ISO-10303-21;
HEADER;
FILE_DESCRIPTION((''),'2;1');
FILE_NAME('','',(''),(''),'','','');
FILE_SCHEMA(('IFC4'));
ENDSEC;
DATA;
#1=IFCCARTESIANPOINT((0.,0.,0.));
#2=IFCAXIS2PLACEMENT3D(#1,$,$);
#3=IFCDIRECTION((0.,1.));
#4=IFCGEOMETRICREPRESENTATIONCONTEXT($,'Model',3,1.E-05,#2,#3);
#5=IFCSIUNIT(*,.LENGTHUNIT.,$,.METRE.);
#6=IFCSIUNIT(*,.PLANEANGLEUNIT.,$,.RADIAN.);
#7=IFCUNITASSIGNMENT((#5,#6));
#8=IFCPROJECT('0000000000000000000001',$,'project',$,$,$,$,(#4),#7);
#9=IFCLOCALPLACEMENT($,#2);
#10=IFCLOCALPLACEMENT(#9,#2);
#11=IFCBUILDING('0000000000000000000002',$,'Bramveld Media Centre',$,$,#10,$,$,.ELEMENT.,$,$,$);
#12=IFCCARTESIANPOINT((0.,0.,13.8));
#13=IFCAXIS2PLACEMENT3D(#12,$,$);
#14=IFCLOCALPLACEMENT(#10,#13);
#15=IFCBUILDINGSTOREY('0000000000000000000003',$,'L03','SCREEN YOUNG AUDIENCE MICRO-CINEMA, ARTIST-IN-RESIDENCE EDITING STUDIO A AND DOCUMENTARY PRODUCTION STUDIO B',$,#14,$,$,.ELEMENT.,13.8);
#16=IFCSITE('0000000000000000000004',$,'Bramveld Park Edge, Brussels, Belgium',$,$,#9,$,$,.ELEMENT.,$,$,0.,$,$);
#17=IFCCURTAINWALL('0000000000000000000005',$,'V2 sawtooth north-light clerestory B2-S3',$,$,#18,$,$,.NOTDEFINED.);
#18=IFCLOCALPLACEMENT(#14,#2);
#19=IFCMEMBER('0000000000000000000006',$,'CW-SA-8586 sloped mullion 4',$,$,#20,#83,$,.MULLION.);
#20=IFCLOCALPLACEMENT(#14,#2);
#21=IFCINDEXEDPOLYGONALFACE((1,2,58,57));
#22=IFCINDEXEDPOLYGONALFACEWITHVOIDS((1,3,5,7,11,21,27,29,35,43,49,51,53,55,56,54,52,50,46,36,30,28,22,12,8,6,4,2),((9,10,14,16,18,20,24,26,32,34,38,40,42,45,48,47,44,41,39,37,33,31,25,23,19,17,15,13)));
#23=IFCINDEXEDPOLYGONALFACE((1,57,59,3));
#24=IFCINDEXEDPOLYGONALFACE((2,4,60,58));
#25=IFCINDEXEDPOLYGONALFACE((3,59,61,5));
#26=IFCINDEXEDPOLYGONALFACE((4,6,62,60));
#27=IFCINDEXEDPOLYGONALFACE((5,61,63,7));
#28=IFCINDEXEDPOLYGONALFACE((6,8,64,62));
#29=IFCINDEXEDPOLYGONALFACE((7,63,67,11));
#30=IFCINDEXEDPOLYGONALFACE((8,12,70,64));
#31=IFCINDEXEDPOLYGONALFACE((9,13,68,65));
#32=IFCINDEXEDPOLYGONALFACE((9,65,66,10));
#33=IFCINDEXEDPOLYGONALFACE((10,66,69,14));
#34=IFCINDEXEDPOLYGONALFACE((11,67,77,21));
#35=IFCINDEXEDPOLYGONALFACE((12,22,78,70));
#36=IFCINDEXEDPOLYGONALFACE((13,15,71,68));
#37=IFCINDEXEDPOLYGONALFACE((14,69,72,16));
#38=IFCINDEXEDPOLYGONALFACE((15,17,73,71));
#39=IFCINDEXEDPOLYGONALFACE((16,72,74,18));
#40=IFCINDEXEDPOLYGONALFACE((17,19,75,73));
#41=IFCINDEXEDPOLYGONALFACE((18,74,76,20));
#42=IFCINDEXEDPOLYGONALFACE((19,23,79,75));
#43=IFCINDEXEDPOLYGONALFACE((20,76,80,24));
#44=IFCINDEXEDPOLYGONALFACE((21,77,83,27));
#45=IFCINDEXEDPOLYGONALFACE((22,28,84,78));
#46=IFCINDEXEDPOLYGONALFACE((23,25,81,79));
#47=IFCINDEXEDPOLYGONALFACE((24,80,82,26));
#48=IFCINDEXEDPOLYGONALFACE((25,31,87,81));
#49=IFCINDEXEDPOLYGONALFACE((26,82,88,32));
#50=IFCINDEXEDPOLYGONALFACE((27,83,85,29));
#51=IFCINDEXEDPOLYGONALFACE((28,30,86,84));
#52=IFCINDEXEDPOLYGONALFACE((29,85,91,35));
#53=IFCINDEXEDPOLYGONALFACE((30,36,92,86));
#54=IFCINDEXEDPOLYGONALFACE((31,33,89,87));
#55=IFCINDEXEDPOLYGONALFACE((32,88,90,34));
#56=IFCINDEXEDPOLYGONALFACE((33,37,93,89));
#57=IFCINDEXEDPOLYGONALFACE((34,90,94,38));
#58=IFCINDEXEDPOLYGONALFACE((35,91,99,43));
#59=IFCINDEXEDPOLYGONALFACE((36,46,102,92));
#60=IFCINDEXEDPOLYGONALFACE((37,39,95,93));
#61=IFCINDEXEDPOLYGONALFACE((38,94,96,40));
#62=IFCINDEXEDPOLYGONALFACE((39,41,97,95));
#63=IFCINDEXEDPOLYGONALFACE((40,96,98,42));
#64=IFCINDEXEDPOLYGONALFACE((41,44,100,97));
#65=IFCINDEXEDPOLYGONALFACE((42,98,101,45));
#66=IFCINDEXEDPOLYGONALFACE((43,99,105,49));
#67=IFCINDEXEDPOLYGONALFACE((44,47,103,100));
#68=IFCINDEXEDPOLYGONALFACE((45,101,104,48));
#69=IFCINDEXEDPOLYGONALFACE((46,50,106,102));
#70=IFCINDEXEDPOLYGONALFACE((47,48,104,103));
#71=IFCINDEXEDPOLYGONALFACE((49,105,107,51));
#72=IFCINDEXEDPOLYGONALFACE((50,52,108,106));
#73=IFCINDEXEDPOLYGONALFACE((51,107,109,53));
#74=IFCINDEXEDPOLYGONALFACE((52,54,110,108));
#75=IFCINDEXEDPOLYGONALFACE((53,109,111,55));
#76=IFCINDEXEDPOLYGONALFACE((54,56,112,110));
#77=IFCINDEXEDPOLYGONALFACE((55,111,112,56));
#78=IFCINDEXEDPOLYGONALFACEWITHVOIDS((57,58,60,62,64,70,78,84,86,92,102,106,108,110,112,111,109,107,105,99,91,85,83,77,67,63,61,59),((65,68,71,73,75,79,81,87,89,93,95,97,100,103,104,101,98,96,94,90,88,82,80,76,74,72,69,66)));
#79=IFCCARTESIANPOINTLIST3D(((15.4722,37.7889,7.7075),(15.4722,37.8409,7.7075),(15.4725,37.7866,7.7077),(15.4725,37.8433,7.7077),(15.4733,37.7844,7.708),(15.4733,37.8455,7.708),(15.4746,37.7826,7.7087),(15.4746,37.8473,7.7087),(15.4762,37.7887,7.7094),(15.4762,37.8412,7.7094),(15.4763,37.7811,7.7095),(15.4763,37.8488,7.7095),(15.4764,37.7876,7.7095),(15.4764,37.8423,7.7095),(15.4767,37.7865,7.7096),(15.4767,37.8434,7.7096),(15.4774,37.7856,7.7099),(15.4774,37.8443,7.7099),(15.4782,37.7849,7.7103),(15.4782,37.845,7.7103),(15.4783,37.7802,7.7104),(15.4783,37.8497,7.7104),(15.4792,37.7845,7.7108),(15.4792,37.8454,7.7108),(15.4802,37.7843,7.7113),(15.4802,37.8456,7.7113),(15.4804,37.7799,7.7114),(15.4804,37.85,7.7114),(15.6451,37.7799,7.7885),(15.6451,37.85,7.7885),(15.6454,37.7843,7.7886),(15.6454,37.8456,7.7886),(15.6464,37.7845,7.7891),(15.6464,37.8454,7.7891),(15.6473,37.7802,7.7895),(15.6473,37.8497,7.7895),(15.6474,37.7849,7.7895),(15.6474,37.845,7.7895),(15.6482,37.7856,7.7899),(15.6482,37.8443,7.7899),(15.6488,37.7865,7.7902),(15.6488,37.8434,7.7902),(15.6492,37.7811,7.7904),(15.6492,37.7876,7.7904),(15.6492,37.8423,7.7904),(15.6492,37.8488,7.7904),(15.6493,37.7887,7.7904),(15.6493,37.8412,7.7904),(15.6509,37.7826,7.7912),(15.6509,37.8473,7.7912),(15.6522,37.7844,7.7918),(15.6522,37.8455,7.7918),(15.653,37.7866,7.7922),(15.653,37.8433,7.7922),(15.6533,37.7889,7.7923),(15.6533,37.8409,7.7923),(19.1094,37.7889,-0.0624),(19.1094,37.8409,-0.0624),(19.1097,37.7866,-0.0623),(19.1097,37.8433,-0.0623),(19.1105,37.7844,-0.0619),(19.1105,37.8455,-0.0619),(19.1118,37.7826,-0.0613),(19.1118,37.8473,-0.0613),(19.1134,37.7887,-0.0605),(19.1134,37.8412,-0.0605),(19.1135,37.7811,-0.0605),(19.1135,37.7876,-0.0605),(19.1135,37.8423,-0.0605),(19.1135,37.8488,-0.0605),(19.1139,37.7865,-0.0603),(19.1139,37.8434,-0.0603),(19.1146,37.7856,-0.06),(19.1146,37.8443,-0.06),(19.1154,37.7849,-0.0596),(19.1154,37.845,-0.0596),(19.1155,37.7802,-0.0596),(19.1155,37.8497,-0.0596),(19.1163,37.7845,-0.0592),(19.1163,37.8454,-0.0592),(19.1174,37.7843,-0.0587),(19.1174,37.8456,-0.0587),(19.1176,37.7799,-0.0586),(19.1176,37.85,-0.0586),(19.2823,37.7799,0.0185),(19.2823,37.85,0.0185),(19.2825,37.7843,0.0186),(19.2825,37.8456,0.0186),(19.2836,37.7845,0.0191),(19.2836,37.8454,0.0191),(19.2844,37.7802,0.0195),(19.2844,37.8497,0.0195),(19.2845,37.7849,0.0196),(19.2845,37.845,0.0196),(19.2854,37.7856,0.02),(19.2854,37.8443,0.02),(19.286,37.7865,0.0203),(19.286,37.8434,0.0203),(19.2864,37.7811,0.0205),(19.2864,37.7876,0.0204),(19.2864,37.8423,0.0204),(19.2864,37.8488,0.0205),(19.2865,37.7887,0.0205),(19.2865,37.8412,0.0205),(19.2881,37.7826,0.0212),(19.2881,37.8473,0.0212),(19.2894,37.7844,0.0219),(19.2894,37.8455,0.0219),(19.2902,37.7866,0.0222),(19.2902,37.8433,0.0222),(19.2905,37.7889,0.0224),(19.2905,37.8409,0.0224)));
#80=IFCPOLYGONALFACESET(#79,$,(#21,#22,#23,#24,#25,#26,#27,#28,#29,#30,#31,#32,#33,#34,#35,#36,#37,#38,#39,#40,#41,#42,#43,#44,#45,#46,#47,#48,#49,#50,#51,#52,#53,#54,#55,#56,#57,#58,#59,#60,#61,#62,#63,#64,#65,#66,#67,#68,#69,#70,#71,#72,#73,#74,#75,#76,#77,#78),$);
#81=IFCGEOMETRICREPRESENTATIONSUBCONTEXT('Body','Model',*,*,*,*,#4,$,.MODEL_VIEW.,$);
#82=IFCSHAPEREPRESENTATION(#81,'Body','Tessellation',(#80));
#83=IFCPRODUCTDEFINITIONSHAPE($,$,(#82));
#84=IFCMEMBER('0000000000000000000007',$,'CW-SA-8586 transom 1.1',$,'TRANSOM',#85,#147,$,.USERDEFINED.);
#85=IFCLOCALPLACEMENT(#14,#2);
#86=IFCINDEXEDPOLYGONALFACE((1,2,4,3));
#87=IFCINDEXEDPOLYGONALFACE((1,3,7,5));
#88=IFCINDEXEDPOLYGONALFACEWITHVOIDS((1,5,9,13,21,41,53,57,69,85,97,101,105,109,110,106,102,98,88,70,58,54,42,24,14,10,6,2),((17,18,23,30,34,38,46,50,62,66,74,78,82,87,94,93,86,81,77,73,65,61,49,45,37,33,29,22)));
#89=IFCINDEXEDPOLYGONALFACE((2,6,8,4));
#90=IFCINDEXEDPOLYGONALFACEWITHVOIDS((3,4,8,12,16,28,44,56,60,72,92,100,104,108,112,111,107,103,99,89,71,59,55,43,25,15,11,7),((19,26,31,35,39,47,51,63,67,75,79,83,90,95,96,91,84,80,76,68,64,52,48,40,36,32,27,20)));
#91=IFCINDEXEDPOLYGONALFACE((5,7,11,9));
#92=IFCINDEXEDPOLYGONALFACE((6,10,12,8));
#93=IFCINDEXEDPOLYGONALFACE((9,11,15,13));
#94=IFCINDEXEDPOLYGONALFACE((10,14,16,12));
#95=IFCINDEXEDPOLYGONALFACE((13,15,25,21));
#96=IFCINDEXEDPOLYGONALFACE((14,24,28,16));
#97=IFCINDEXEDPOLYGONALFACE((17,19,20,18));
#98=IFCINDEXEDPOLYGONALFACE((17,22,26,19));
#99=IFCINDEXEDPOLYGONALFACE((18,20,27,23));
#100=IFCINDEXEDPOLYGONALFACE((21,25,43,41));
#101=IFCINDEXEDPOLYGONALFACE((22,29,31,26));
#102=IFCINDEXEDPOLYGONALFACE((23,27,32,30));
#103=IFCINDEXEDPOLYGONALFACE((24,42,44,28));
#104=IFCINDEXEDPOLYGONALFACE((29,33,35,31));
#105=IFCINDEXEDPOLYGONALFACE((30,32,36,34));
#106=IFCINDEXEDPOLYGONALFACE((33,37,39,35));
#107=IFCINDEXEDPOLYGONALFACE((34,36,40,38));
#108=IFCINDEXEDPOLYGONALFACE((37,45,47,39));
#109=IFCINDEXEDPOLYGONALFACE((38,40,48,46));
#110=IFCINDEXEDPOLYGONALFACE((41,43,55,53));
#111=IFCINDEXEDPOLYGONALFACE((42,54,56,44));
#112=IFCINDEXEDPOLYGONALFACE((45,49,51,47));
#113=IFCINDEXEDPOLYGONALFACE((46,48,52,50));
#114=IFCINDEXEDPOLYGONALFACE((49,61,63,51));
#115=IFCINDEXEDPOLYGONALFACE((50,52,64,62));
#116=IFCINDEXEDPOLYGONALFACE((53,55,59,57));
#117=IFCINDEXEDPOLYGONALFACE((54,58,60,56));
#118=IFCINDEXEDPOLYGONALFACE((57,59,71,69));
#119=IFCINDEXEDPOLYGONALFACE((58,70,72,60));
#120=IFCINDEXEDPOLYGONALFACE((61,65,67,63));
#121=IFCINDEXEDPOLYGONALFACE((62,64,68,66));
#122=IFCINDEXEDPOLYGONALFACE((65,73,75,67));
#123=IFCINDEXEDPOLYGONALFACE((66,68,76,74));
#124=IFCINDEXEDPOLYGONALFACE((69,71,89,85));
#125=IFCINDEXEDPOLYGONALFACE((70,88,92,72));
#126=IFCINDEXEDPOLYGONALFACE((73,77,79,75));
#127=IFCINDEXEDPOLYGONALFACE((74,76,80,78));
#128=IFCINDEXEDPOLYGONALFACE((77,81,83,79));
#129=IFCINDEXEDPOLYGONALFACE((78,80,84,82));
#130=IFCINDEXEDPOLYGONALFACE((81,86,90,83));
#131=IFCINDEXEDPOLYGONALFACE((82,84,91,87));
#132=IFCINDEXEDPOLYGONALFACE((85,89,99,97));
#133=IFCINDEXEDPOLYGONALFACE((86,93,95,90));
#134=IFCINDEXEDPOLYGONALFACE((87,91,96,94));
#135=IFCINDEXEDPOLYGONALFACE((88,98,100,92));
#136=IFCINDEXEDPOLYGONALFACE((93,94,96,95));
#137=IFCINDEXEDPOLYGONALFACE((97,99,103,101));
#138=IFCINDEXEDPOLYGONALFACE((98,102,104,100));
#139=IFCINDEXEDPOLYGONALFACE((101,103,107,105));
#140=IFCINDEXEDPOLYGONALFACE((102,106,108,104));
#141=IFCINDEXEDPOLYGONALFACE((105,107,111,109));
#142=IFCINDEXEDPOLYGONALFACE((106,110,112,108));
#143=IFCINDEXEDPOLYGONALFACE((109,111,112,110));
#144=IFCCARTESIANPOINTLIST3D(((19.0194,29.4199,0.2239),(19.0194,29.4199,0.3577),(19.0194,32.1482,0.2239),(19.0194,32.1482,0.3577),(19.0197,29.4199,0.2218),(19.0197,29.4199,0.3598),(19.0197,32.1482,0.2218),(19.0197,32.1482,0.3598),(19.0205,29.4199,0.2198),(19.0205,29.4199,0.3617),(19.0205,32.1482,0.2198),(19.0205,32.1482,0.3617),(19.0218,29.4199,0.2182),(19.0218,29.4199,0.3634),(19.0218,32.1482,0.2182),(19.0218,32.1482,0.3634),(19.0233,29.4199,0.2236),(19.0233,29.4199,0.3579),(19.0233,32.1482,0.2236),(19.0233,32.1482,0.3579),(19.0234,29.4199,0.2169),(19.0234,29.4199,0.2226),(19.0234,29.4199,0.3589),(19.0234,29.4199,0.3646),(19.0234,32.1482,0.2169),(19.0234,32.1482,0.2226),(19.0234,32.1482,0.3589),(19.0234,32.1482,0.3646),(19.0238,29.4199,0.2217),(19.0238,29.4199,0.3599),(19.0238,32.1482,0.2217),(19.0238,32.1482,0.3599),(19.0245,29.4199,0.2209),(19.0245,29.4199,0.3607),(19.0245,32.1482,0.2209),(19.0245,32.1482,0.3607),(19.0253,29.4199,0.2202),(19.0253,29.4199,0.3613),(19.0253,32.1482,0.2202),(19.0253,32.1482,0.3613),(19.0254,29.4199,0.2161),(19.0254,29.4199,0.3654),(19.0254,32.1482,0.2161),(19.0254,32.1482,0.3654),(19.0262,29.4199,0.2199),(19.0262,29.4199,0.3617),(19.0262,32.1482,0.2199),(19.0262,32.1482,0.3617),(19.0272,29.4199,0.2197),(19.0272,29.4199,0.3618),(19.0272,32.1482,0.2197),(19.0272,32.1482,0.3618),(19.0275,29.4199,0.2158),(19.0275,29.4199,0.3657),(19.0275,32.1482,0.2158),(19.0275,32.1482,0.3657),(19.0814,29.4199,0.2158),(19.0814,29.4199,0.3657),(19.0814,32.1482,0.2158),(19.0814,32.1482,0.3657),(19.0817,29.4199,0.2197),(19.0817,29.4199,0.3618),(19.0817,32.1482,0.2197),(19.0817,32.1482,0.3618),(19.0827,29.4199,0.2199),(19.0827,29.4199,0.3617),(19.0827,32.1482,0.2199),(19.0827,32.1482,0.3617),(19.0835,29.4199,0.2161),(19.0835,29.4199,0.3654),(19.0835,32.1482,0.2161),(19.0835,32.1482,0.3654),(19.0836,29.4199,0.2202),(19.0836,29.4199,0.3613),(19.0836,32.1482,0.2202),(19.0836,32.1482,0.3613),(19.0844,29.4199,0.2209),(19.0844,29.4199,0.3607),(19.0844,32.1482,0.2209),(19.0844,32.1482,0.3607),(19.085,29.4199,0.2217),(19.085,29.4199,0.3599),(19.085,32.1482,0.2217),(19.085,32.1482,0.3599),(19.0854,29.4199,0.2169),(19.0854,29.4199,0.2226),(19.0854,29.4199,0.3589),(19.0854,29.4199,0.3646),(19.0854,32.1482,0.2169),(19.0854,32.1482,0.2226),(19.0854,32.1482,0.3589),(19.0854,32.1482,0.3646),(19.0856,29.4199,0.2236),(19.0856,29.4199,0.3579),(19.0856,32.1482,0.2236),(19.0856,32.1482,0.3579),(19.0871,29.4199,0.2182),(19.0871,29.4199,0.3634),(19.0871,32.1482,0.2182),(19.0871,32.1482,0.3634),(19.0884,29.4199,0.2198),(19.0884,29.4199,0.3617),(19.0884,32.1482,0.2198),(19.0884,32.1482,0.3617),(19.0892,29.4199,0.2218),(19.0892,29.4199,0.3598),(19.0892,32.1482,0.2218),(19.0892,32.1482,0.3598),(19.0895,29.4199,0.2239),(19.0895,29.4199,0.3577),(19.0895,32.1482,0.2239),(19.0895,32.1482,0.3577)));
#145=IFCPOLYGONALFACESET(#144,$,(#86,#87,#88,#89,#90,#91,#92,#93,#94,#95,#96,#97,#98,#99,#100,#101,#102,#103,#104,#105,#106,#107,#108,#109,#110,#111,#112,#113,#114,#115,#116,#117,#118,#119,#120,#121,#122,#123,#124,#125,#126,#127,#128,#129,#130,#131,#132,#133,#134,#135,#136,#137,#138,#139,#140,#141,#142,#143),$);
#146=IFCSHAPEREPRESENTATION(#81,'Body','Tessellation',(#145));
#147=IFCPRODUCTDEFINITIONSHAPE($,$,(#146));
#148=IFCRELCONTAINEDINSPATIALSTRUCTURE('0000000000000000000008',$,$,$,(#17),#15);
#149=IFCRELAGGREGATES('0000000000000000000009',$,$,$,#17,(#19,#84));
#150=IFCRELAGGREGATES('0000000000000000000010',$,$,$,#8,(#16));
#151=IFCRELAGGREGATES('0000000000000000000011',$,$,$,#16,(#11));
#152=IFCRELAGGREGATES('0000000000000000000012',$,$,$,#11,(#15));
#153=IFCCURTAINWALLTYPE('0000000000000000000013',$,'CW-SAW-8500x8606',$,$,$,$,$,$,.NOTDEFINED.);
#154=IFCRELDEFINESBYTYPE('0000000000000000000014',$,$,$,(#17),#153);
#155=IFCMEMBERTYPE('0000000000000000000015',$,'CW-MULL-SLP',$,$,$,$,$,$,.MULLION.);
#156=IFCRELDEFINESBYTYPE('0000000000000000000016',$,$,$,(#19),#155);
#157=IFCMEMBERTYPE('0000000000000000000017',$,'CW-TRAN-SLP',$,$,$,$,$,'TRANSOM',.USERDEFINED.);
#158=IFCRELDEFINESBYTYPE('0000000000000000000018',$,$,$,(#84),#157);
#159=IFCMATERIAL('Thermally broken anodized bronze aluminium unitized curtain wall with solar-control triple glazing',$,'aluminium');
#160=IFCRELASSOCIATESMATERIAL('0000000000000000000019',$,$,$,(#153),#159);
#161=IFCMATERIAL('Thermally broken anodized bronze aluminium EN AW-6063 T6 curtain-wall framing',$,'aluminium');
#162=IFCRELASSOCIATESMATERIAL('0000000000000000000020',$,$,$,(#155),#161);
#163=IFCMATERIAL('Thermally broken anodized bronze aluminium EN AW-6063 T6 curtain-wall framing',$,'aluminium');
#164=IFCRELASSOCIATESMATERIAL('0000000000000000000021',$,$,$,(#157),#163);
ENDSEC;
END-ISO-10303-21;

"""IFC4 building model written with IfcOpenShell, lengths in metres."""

from ifc_helpers import new_model, si_unit, direction, frame, origin, origin_2d, place, context, subcontext, project, spatial, hollow_rectangle, extrude, material, material_profile, profile_set, type_object, element, aggregate, save


model = new_model("IFC4")

# Units and contexts
model_context = context("Model", 3, precision=1e-05, world=origin(), true_north=direction((0.0, 1.0)))
body_context = subcontext(model_context, "Body", "Model", "MODEL_VIEW")
ifc_project = project(units=[si_unit("LENGTHUNIT", "METRE"), si_unit("PLANEANGLEUNIT", "RADIAN")], contexts=[model_context])

# Site, building, storey
site_placement = place(None, origin())
site = spatial("IfcSite", under=ifc_project, at=site_placement, Name="Bramveld Park Edge, Brussels, Belgium", CompositionType="ELEMENT", RefElevation=0.0)
building_placement = place(site_placement, origin())
building = spatial("IfcBuilding", under=site, at=building_placement, Name="Bramveld Media Centre", CompositionType="ELEMENT")
storey_placement = place(building_placement, frame((0.0, 0.0, 13.8)))
storey = spatial("IfcBuildingStorey", under=building, at=storey_placement, Name="L03", Description="SCREEN YOUNG AUDIENCE MICRO-CINEMA, ARTIST-IN-RESIDENCE EDITING STUDIO A AND DOCUMENTARY PRODUCTION STUDIO B", CompositionType="ELEMENT", Elevation=13.8)

# Curtain wall, members
ifc_material_1 = material(Name="Thermally broken anodized bronze aluminium unitized curtain wall with solar-control triple glazing", Category="aluminium")
curtain_wall_type = type_object("IfcCurtainWallType", Name="CW-SAW-8500x8606", PredefinedType="NOTDEFINED", material=ifc_material_1)
curtain_wall_placement = place(storey_placement, origin())
curtain_wall = element("IfcCurtainWall", 1, at=curtain_wall_placement, inside=storey, type_object=curtain_wall_type, Name="V2 sawtooth north-light clerestory B2-S3", PredefinedType="NOTDEFINED")
ifc_material_2 = material(Name="Thermally broken anodized bronze aluminium EN AW-6063 T6 curtain-wall framing", Category="aluminium")
ifc_material_profile_1 = material_profile(ifc_material_2, hollow_rectangle(XDim=0.0701, YDim=0.2, WallThickness=0.0044, InnerFilletRadius=0.0044, OuterFilletRadius=0.009, at=origin_2d()), Name="AL-MULL 70x200")
ifc_profile_set_1 = profile_set([ifc_material_profile_1], Name="Thermally broken anodized bronze aluminium EN AW-6063 T6 curtain-wall framing")
member_type_1 = type_object("IfcMemberType", Name="CW-MULL-SLP", PredefinedType="MULLION", material=ifc_profile_set_1)
member_1_placement = place(storey_placement, frame((19.2, 37.8149, -0.02), z_axis=(-0.423957, 0.0, 0.905682), x_axis=(0.0, -1.0, 0.0)))
member_1 = element("IfcMember", 2, at=member_1_placement, type_object=member_type_1, Name="CW-SA-8586 sloped mullion 4", PredefinedType="MULLION", context=body_context, shape_type="SweptSolid", body=[
    extrude(hollow_rectangle(XDim=0.0701, YDim=0.2, WallThickness=0.0044, InnerFilletRadius=0.0044, OuterFilletRadius=0.009, at=origin_2d()), origin(), (0.0, 0.0, 1.0), 8.5791),
])
ifc_material_3 = material(Name="Thermally broken anodized bronze aluminium EN AW-6063 T6 curtain-wall framing", Category="aluminium")
ifc_material_profile_2 = material_profile(ifc_material_3, hollow_rectangle(XDim=0.0701, YDim=0.1499, WallThickness=0.0039, InnerFilletRadius=0.0039, OuterFilletRadius=0.0081, at=origin_2d()), Name="AL-TRAN 70x150")
ifc_profile_set_2 = profile_set([ifc_material_profile_2], Name="Thermally broken anodized bronze aluminium EN AW-6063 T6 curtain-wall framing")
member_type_2 = type_object("IfcMemberType", Name="CW-TRAN-SLP", ElementType="TRANSOM", PredefinedType="USERDEFINED", material=ifc_profile_set_2)
member_2_placement = place(storey_placement, frame((19.0544, 29.4199, 0.2908), z_axis=(0.0, 1.0, 0.0), x_axis=(-1.0, 0.0, 0.0)))
member_2 = element("IfcMember", 3, at=member_2_placement, type_object=member_type_2, Name="CW-SA-8586 transom 1.1", ObjectType="TRANSOM", PredefinedType="USERDEFINED", context=body_context, shape_type="SweptSolid", body=[
    extrude(hollow_rectangle(XDim=0.0701, YDim=0.1499, WallThickness=0.0039, InnerFilletRadius=0.0039, OuterFilletRadius=0.0081, at=origin_2d()), origin(), (0.0, 0.0, 1.0), 2.7283),
])

aggregate(curtain_wall, [member_1, member_2])

save(model, "model.ifc")
